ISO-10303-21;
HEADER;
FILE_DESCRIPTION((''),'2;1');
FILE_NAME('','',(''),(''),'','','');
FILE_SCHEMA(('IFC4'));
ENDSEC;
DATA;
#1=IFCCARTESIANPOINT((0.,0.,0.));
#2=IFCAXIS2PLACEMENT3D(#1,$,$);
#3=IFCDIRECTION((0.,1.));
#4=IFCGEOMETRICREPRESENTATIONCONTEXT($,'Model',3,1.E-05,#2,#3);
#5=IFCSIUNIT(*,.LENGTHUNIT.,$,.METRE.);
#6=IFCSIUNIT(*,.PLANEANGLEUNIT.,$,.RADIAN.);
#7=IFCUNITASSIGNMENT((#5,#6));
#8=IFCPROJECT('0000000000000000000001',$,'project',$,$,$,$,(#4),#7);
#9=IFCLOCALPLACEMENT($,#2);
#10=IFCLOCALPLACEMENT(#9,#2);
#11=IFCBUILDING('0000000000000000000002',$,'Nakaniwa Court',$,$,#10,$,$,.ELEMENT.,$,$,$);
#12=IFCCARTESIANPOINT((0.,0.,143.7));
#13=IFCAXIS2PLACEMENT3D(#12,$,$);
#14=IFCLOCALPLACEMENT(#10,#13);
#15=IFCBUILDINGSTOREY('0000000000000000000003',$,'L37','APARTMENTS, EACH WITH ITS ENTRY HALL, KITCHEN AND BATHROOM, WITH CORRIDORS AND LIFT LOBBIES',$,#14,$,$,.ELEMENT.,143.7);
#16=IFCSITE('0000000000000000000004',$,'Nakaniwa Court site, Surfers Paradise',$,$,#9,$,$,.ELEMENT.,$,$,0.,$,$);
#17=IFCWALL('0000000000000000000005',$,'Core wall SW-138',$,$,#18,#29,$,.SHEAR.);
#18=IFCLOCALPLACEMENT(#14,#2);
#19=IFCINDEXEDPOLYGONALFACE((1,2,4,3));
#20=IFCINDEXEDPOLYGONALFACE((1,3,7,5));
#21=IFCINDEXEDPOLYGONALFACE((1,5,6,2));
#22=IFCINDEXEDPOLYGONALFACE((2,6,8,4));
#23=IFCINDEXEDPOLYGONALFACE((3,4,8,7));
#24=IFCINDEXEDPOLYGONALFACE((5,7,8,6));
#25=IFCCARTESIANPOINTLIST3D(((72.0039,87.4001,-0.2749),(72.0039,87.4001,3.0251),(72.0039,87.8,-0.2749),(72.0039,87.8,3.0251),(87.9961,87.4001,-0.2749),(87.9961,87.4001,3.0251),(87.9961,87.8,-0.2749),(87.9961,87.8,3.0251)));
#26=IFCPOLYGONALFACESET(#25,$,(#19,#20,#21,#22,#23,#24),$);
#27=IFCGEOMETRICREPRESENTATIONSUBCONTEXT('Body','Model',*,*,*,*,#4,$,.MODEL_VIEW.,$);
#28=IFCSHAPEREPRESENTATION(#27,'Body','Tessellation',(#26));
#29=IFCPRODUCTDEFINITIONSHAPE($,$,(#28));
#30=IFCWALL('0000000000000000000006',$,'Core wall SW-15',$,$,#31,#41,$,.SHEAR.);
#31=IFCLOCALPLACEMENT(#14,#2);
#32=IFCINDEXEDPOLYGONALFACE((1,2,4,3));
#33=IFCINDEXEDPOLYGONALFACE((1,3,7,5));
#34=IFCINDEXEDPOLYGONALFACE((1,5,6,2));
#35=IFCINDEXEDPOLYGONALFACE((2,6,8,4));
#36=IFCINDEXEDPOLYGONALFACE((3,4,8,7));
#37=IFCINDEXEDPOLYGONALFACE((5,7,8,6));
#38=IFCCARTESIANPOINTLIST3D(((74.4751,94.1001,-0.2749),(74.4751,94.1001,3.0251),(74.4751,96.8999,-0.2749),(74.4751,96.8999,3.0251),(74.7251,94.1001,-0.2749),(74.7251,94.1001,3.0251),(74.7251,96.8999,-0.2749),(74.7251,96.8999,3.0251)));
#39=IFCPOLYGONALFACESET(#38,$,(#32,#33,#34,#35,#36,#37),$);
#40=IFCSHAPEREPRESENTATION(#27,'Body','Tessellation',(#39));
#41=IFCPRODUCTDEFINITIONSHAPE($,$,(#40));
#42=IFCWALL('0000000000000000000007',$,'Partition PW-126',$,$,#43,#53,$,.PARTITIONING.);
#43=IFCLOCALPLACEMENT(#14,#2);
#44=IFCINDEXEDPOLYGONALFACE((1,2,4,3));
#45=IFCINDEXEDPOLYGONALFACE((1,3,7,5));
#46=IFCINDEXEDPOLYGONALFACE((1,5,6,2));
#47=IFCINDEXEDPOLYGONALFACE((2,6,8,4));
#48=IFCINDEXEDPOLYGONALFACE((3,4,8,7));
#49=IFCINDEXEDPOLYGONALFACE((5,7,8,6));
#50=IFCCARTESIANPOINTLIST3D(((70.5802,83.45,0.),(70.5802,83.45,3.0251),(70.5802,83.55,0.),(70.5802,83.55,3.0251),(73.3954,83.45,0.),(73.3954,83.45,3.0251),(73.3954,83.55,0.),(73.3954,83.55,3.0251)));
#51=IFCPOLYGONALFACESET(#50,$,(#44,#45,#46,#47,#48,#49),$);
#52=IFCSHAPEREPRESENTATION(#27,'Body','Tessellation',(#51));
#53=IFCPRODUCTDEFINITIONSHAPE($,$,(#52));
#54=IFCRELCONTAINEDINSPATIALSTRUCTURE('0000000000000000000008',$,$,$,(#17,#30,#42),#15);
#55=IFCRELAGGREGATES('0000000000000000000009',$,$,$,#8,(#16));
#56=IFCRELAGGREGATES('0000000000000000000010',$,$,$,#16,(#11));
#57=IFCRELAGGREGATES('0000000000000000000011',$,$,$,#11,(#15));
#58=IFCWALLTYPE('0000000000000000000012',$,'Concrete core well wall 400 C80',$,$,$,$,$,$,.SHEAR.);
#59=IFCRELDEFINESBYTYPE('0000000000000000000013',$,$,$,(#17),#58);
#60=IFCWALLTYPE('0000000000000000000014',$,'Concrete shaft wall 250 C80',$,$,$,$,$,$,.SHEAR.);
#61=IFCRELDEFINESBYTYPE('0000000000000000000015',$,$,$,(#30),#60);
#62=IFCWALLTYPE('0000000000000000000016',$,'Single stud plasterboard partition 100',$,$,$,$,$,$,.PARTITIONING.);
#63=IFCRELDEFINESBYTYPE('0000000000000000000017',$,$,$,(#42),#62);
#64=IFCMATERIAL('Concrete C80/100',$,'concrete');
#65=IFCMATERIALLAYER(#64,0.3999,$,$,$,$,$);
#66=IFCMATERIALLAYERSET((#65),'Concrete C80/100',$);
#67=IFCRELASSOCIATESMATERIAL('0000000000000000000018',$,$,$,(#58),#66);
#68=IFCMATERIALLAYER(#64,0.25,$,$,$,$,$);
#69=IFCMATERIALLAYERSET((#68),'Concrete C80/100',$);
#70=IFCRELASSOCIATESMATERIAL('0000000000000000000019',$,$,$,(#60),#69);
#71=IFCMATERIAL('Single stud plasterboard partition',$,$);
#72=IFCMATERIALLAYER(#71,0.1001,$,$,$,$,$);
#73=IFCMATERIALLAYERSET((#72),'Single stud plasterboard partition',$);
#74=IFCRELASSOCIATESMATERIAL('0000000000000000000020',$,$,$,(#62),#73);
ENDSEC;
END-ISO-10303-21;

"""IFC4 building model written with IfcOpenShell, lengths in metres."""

from ifc_helpers import new_model, si_unit, direction, frame, frame_2d, origin, place, context, subcontext, project, spatial, rectangle, extrude, material, layer, layer_set, type_object, element, save


model = new_model("IFC4")

# Units and contexts
model_context = context("Model", 3, precision=1e-05, world=origin(), true_north=direction((0.0, 1.0)))
body_context = subcontext(model_context, "Body", "Model", "MODEL_VIEW")
ifc_project = project(units=[si_unit("LENGTHUNIT", "METRE"), si_unit("PLANEANGLEUNIT", "RADIAN")], contexts=[model_context])

# Site, building, storey
site_placement = place(None, origin())
site = spatial("IfcSite", under=ifc_project, at=site_placement, Name="Nakaniwa Court site, Surfers Paradise", CompositionType="ELEMENT", RefElevation=0.0)
building_placement = place(site_placement, origin())
building = spatial("IfcBuilding", under=site, at=building_placement, Name="Nakaniwa Court", CompositionType="ELEMENT")
storey_placement = place(building_placement, frame((0.0, 0.0, 143.7)))
storey = spatial("IfcBuildingStorey", under=building, at=storey_placement, Name="L37", Description="APARTMENTS, EACH WITH ITS ENTRY HALL, KITCHEN AND BATHROOM, WITH CORRIDORS AND LIFT LOBBIES", CompositionType="ELEMENT", Elevation=143.7)

# Shared definitions
ifc_material_1 = material(Name="Concrete C80/100", Category="concrete")

# Walls
ifc_layer_1 = layer(ifc_material_1, 0.3999)
ifc_layer_set_1 = layer_set([ifc_layer_1], Name="Concrete C80/100")
wall_type_1 = type_object("IfcWallType", Name="Concrete core well wall 400 C80", PredefinedType="SHEAR", material=ifc_layer_set_1)
wall_1_placement = place(storey_placement, frame((72.0039, 87.6001, -0.2749), z_axis=(0.0, 0.0, 1.0), x_axis=(1.0, 0.0, 0.0)))
element("IfcWall", 1, at=wall_1_placement, inside=storey, type_object=wall_type_1, Name="Core wall SW-138", PredefinedType="SHEAR", context=body_context, shape_type="SweptSolid", body=[
    extrude(rectangle(XDim=15.9922, YDim=0.3999, at=frame_2d((7.9961, 0.0))), origin(), (0.0, 0.0, 1.0), 3.3),
])
ifc_layer_2 = layer(ifc_material_1, 0.25)
ifc_layer_set_2 = layer_set([ifc_layer_2], Name="Concrete C80/100")
wall_type_2 = type_object("IfcWallType", Name="Concrete shaft wall 250 C80", PredefinedType="SHEAR", material=ifc_layer_set_2)
wall_2_placement = place(storey_placement, frame((74.6001, 94.1001, -0.2749), z_axis=(0.0, 0.0, 1.0), x_axis=(0.0, 1.0, 0.0)))
element("IfcWall", 2, at=wall_2_placement, inside=storey, type_object=wall_type_2, Name="Core wall SW-15", PredefinedType="SHEAR", context=body_context, shape_type="SweptSolid", body=[
    extrude(rectangle(XDim=2.7998, YDim=0.25, at=frame_2d((1.3999, 0.0))), origin(), (0.0, 0.0, 1.0), 3.3),
])
ifc_material_2 = material(Name="Single stud plasterboard partition")
ifc_layer_3 = layer(ifc_material_2, 0.1001)
ifc_layer_set_3 = layer_set([ifc_layer_3], Name="Single stud plasterboard partition")
wall_type_3 = type_object("IfcWallType", Name="Single stud plasterboard partition 100", PredefinedType="PARTITIONING", material=ifc_layer_set_3)
wall_3_placement = place(storey_placement, frame((70.5801, 83.5, 0.0), z_axis=(0.0, 0.0, 1.0), x_axis=(1.0, 0.0, 0.0)))
element("IfcWall", 3, at=wall_3_placement, inside=storey, type_object=wall_type_3, Name="Partition PW-126", PredefinedType="PARTITIONING", context=body_context, shape_type="SweptSolid", body=[
    extrude(rectangle(XDim=2.8152, YDim=0.1001, at=frame_2d((1.4077, 0.0))), origin(), (0.0, 0.0, 1.0), 3.0251),
])

save(model, "model.ifc")
